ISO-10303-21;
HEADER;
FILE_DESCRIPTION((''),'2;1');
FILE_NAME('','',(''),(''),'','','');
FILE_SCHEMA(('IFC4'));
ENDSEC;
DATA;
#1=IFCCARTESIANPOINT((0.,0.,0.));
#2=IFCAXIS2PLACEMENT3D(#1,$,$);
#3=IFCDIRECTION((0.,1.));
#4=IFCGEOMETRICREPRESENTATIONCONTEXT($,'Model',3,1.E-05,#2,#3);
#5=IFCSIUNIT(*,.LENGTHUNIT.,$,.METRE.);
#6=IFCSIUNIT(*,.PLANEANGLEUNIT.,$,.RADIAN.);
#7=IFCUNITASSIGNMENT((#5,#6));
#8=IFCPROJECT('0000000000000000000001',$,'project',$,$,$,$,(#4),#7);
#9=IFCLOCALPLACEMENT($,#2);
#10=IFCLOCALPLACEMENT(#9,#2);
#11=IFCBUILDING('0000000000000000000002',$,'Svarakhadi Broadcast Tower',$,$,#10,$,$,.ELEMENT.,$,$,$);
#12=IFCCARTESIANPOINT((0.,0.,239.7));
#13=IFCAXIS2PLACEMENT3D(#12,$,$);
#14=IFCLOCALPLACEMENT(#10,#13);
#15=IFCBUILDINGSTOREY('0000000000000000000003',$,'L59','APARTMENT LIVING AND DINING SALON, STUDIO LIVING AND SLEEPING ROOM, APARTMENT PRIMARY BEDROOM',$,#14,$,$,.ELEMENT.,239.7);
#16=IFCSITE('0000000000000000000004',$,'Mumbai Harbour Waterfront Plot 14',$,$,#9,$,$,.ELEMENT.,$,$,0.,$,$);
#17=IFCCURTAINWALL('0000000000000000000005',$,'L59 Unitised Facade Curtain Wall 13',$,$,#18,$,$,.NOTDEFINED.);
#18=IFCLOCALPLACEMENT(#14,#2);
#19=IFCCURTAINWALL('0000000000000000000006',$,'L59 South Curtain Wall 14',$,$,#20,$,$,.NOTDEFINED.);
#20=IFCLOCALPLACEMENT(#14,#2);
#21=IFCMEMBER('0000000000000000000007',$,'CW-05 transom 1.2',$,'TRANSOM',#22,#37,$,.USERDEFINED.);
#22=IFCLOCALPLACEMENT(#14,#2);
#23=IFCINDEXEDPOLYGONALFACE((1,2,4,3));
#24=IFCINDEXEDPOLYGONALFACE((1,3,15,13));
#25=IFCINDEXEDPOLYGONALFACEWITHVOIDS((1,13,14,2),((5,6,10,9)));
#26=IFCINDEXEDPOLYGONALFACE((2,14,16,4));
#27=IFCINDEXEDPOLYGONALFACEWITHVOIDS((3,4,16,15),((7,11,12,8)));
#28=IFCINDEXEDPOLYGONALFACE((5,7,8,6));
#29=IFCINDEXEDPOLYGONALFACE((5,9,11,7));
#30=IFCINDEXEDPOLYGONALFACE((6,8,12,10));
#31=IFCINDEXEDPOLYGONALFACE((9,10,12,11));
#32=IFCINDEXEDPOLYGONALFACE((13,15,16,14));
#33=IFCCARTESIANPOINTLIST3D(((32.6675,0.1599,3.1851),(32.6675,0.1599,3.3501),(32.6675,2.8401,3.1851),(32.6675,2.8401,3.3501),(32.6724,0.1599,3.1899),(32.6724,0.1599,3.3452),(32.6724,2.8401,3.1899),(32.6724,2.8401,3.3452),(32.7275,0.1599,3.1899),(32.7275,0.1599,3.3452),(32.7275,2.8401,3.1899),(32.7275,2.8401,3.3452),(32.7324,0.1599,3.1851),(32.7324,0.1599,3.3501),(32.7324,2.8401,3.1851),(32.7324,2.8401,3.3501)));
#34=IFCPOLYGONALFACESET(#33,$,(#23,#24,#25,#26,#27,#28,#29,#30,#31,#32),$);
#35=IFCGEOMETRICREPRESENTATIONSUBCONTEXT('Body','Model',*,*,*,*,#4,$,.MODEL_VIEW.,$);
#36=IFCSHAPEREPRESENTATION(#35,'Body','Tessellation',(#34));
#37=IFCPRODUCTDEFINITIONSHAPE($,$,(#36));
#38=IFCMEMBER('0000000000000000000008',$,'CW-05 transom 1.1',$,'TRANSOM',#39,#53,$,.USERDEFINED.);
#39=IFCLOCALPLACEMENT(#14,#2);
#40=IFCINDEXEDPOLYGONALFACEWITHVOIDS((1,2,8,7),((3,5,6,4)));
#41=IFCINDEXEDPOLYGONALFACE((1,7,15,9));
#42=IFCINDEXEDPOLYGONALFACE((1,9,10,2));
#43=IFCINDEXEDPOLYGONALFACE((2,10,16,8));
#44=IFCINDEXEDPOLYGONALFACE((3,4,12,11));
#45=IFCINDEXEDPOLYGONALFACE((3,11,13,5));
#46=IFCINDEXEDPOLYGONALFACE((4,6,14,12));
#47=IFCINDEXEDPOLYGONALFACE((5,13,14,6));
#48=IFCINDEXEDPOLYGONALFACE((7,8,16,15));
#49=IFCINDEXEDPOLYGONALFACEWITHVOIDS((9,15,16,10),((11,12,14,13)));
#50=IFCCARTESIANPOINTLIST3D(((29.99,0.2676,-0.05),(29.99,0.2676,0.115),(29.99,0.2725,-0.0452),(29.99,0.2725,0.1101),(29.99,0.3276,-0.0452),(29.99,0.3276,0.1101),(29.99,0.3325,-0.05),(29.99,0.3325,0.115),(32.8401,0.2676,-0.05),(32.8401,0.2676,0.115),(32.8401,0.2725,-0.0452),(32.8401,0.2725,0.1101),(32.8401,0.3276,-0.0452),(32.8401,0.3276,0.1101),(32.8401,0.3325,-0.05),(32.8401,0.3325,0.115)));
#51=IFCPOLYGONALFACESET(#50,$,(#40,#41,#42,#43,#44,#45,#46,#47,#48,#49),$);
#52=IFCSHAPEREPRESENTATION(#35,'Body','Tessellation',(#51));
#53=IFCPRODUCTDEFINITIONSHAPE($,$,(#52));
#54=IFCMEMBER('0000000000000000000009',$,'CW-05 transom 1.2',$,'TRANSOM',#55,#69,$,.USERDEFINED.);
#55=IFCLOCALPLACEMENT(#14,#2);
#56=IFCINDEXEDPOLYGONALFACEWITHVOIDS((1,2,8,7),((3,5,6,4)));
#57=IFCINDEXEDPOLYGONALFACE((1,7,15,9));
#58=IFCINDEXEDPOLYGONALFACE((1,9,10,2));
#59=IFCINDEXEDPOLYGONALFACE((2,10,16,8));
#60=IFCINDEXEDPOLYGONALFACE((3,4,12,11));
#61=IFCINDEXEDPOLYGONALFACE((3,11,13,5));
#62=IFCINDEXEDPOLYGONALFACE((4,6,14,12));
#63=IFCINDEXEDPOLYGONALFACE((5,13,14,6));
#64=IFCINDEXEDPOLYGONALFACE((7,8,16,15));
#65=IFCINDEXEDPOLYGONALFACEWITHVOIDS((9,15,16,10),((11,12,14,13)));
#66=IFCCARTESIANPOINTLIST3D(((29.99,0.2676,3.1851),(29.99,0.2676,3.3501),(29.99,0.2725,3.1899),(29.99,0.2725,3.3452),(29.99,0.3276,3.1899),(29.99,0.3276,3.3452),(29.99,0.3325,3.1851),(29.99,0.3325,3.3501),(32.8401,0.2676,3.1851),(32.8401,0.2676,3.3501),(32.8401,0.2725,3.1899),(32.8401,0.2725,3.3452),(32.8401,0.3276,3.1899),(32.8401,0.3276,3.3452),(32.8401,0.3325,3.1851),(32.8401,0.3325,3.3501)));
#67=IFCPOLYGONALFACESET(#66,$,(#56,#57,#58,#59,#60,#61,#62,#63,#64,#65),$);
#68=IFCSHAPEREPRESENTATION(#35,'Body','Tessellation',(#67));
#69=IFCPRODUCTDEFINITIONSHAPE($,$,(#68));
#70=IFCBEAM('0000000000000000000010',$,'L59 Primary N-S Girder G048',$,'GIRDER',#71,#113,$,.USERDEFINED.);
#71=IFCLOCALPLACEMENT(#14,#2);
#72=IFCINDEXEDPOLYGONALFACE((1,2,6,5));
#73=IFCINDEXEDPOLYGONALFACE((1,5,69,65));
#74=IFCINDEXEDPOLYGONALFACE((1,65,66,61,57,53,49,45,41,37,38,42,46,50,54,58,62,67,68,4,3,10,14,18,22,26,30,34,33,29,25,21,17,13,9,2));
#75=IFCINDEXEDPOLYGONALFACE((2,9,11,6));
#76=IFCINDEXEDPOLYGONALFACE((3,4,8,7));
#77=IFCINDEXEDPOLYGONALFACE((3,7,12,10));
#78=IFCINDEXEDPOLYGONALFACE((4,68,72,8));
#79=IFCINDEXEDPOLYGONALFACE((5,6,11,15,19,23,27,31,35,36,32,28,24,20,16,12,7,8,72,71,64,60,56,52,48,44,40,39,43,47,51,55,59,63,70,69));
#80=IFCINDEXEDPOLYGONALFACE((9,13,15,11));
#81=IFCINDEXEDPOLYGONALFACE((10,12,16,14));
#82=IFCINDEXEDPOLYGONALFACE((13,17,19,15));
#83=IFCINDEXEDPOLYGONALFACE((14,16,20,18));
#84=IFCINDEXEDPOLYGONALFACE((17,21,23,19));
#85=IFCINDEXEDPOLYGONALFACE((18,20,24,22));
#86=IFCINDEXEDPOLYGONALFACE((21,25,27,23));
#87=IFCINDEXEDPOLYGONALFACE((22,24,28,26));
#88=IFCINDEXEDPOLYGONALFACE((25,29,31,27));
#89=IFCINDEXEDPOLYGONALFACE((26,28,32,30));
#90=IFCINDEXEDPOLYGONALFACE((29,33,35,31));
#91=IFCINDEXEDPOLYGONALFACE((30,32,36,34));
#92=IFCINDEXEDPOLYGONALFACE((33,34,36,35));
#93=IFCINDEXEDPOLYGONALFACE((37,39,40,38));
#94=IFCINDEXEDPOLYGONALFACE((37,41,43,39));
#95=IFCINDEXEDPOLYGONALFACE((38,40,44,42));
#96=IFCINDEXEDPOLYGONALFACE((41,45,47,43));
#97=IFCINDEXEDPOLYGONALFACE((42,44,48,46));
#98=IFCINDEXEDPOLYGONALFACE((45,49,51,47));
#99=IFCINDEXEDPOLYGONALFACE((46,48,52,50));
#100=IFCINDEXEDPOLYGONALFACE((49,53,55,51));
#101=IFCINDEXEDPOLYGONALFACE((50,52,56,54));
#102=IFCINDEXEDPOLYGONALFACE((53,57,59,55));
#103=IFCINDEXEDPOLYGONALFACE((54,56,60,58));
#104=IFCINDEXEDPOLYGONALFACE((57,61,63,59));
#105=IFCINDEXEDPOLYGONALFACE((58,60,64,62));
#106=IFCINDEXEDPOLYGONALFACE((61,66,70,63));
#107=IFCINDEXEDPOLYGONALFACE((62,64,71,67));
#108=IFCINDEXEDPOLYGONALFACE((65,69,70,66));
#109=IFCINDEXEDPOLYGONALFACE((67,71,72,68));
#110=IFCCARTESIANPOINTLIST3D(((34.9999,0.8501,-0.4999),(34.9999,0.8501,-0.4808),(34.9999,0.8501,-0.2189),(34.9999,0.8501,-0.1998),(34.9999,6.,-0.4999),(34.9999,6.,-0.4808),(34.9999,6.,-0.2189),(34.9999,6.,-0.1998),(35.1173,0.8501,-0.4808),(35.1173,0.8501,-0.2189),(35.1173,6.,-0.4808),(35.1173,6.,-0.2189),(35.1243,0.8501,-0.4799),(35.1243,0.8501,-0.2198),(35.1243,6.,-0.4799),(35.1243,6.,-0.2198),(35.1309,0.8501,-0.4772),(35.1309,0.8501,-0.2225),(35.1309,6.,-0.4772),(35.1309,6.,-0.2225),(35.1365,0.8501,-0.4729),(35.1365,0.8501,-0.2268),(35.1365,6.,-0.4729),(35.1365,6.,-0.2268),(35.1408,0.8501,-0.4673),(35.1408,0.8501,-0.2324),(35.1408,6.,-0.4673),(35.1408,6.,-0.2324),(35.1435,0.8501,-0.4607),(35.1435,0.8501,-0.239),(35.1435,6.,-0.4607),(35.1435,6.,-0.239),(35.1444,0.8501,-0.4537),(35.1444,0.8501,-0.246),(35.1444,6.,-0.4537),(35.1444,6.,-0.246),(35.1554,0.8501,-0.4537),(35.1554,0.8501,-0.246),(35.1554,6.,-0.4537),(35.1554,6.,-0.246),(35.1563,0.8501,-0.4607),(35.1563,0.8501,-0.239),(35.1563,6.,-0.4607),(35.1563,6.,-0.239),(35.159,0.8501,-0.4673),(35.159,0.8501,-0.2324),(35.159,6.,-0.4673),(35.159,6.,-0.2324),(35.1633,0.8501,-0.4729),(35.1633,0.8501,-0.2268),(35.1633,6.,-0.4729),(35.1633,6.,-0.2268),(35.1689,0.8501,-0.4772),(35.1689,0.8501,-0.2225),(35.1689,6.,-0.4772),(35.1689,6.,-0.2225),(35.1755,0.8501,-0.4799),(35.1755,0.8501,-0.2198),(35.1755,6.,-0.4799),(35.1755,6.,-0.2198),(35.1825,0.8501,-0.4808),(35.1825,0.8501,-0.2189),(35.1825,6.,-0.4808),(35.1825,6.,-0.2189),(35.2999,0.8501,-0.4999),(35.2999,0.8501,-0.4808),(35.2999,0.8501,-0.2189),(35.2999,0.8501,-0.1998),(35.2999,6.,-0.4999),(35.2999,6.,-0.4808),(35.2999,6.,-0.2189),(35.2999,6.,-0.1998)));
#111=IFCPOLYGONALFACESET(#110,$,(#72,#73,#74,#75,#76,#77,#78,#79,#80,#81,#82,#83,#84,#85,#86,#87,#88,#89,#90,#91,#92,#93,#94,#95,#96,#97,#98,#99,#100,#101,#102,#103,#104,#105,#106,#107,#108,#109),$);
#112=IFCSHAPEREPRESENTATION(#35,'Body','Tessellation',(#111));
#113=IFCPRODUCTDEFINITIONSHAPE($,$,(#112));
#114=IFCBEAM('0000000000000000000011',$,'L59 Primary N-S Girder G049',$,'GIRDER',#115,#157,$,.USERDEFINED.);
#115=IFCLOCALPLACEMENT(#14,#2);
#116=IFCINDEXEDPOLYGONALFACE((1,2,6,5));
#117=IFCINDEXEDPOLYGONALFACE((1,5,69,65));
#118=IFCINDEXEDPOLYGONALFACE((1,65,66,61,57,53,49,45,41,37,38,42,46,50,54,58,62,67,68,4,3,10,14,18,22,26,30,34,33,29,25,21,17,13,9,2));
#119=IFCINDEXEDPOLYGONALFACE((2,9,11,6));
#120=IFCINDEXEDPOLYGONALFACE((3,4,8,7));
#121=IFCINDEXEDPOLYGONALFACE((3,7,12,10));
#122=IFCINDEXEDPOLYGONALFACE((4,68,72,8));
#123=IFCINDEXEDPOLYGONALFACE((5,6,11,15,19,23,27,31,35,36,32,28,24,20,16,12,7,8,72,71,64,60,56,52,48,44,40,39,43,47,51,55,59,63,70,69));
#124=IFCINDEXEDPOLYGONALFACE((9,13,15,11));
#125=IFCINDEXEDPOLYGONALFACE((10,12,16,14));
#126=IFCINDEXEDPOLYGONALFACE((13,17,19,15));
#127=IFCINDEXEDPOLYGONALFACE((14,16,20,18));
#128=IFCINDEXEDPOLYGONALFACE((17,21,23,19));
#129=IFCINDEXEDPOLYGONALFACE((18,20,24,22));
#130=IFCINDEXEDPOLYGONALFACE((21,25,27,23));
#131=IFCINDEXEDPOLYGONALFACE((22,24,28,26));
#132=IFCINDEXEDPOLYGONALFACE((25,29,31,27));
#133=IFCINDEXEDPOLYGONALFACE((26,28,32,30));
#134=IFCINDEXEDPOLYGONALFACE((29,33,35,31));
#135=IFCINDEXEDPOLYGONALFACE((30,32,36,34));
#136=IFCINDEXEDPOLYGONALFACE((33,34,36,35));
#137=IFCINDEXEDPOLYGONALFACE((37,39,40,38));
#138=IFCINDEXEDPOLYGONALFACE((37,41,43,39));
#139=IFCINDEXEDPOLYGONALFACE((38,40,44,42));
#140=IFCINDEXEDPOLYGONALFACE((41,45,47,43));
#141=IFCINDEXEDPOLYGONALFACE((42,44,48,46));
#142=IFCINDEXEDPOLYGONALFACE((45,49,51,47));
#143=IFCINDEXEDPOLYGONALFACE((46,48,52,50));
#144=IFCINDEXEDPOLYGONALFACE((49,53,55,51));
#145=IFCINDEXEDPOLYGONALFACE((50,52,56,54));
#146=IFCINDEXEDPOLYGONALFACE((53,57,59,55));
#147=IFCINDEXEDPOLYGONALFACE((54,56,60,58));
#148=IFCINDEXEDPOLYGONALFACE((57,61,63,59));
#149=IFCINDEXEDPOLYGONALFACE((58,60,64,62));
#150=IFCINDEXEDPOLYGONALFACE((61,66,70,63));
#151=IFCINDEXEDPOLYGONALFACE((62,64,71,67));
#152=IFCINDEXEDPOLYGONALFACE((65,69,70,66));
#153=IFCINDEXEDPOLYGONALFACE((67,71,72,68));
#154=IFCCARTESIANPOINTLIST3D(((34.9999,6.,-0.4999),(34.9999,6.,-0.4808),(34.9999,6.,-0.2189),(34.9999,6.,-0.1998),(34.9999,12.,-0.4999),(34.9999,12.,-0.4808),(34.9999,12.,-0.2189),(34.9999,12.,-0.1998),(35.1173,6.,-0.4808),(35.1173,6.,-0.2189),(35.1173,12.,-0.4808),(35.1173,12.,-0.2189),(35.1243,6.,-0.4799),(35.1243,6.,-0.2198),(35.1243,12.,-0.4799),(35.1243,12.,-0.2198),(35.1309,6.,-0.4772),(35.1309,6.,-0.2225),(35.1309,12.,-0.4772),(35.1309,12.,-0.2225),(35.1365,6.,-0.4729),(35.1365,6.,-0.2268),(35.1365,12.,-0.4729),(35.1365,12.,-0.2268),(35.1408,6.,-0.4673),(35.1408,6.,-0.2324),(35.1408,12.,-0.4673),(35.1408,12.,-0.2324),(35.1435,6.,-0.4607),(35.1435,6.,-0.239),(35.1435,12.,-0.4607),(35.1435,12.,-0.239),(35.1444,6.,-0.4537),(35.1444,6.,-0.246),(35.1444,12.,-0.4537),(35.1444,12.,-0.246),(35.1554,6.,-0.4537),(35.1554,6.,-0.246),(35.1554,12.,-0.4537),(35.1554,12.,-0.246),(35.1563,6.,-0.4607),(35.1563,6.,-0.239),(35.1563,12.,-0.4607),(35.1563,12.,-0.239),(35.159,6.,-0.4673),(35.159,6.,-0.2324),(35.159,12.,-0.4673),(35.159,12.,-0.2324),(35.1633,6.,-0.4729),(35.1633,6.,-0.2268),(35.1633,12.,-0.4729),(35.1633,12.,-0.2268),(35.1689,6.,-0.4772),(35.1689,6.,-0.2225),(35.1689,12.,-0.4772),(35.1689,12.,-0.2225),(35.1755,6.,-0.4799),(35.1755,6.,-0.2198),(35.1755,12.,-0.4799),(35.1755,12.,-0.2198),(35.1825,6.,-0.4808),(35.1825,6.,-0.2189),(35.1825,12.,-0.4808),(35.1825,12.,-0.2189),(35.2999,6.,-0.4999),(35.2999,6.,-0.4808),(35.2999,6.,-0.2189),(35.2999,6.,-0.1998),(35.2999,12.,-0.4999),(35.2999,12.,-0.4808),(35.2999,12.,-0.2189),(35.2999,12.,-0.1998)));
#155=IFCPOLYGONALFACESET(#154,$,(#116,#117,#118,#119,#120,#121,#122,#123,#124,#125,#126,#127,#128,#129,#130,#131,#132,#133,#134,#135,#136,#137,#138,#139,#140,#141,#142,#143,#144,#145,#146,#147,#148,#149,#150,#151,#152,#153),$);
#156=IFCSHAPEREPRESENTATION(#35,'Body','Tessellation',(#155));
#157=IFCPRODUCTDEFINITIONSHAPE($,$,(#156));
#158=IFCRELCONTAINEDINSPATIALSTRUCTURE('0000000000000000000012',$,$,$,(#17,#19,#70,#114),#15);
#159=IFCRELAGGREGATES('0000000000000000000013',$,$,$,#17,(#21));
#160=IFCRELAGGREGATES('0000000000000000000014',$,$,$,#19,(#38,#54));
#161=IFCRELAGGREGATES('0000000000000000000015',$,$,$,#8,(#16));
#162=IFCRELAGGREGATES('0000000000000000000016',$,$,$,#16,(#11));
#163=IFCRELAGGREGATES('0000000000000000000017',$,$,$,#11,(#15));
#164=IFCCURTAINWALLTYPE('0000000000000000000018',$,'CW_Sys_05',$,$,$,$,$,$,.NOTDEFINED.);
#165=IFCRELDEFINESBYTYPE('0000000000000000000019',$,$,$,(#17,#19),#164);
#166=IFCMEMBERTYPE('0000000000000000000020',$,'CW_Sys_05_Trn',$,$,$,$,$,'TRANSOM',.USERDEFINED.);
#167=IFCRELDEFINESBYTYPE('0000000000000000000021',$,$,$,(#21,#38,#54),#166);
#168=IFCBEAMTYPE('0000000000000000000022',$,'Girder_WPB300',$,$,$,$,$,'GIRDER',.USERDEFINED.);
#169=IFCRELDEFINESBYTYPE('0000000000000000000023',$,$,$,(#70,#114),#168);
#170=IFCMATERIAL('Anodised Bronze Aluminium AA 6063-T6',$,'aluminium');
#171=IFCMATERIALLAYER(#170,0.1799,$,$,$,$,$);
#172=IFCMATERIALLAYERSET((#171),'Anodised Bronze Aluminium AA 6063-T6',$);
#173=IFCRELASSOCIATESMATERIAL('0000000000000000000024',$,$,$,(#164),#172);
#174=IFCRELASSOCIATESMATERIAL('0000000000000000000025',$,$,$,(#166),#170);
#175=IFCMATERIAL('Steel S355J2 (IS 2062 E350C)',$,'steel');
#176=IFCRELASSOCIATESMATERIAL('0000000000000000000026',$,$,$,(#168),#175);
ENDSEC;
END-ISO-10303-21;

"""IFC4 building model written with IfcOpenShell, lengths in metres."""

from ifc_helpers import new_model, si_unit, direction, frame, origin, origin_2d, place, context, subcontext, project, spatial, hollow_rectangle, i_section, extrude, material, layer, layer_set, material_profile, profile_set, type_object, element, aggregate, save


model = new_model("IFC4")

# Units and contexts
model_context = context("Model", 3, precision=1e-05, world=origin(), true_north=direction((0.0, 1.0)))
body_context = subcontext(model_context, "Body", "Model", "MODEL_VIEW")
ifc_project = project(units=[si_unit("LENGTHUNIT", "METRE"), si_unit("PLANEANGLEUNIT", "RADIAN")], contexts=[model_context])

# Site, building, storey
site_placement = place(None, origin())
site = spatial("IfcSite", under=ifc_project, at=site_placement, Name="Mumbai Harbour Waterfront Plot 14", CompositionType="ELEMENT", RefElevation=0.0)
building_placement = place(site_placement, origin())
building = spatial("IfcBuilding", under=site, at=building_placement, Name="Svarakhadi Broadcast Tower", CompositionType="ELEMENT")
storey_placement = place(building_placement, frame((0.0, 0.0, 239.7)))
storey = spatial("IfcBuildingStorey", under=building, at=storey_placement, Name="L59", Description="APARTMENT LIVING AND DINING SALON, STUDIO LIVING AND SLEEPING ROOM, APARTMENT PRIMARY BEDROOM", CompositionType="ELEMENT", Elevation=239.7)

# Shared definitions
ifc_material_1 = material(Name="Anodised Bronze Aluminium AA 6063-T6", Category="aluminium")
ifc_layer_1 = layer(ifc_material_1, 0.1799)
ifc_layer_set_1 = layer_set([ifc_layer_1], Name="Anodised Bronze Aluminium AA 6063-T6")
curtain_wall_type = type_object("IfcCurtainWallType", Name="CW_Sys_05", PredefinedType="NOTDEFINED", material=ifc_layer_set_1)

# Curtain walls
curtain_wall_1_placement = place(storey_placement, origin())
curtain_wall_1 = element("IfcCurtainWall", 1, at=curtain_wall_1_placement, inside=storey, type_object=curtain_wall_type, Name="L59 Unitised Facade Curtain Wall 13", PredefinedType="NOTDEFINED")
curtain_wall_2_placement = place(storey_placement, origin())
curtain_wall_2 = element("IfcCurtainWall", 2, at=curtain_wall_2_placement, inside=storey, type_object=curtain_wall_type, Name="L59 South Curtain Wall 14", PredefinedType="NOTDEFINED")

# Members
ifc_material_profile_1 = material_profile(ifc_material_1, hollow_rectangle(XDim=0.0649, YDim=0.165, WallThickness=0.0049, at=origin_2d()), Name="ALU TRANSOM 165x65x5")
ifc_profile_set_1 = profile_set([ifc_material_profile_1], Name="Anodised Bronze Aluminium AA 6063-T6")
member_type_1 = type_object("IfcMemberType", Name="CW_Sys_05_Trn", ElementType="TRANSOM", PredefinedType="USERDEFINED", material=ifc_profile_set_1)
member_1_placement = place(storey_placement, frame((32.7, 2.8401, 3.2676), z_axis=(0.0, -1.0, 0.0), x_axis=(1.0, 0.0, 0.0)))
member_1 = element("IfcMember", 3, at=member_1_placement, type_object=member_type_1, Name="CW-05 transom 1.2", ObjectType="TRANSOM", PredefinedType="USERDEFINED", context=body_context, shape_type="SweptSolid", body=[
    extrude(hollow_rectangle(XDim=0.0649, YDim=0.165, WallThickness=0.0049, at=origin_2d()), origin(), (0.0, 0.0, 1.0), 2.6802),
])
aggregate(curtain_wall_1, [member_1])
member_2_placement = place(storey_placement, frame((32.8401, 0.3, 0.0325), z_axis=(-1.0, 0.0, 0.0), x_axis=(0.0, -1.0, 0.0)))
member_2 = element("IfcMember", 4, at=member_2_placement, type_object=member_type_1, Name="CW-05 transom 1.1", ObjectType="TRANSOM", PredefinedType="USERDEFINED", context=body_context, shape_type="SweptSolid", body=[
    extrude(hollow_rectangle(XDim=0.0649, YDim=0.165, WallThickness=0.0049, at=origin_2d()), origin(), (0.0, 0.0, 1.0), 2.8501),
])
member_3_placement = place(storey_placement, frame((32.8401, 0.3, 3.2676), z_axis=(-1.0, 0.0, 0.0), x_axis=(0.0, -1.0, 0.0)))
member_3 = element("IfcMember", 5, at=member_3_placement, type_object=member_type_1, Name="CW-05 transom 1.2", ObjectType="TRANSOM", PredefinedType="USERDEFINED", context=body_context, shape_type="SweptSolid", body=[
    extrude(hollow_rectangle(XDim=0.0649, YDim=0.165, WallThickness=0.0049, at=origin_2d()), origin(), (0.0, 0.0, 1.0), 2.8501),
])
aggregate(curtain_wall_2, [member_2, member_3])

# Beams
ifc_material_2 = material(Name="Steel S355J2 (IS 2062 E350C)", Category="steel")
ifc_material_profile_2 = material_profile(ifc_material_2, i_section(OverallWidth=0.3, OverallDepth=0.3, WebThickness=0.011, FlangeThickness=0.019, FilletRadius=0.0271, at=origin_2d()), Name="WPB 300x300x117")
ifc_profile_set_2 = profile_set([ifc_material_profile_2], Name="Steel S355J2 (IS 2062 E350C)")
beam_type_1 = type_object("IfcBeamType", Name="Girder_WPB300", ElementType="GIRDER", PredefinedType="USERDEFINED", material=ifc_profile_set_2)
beam_1_placement = place(storey_placement, frame((35.1499, 0.8501, -0.3499), z_axis=(0.0, 1.0, 0.0), x_axis=(-1.0, 0.0, 0.0)))
element("IfcBeam", 6, at=beam_1_placement, inside=storey, type_object=beam_type_1, Name="L59 Primary N-S Girder G048", ObjectType="GIRDER", PredefinedType="USERDEFINED", context=body_context, shape_type="SweptSolid", body=[
    extrude(i_section(OverallWidth=0.3, OverallDepth=0.3, WebThickness=0.011, FlangeThickness=0.019, FilletRadius=0.0271, at=origin_2d()), origin(), (0.0, 0.0, 1.0), 5.1499),
])
beam_2_placement = place(storey_placement, frame((35.1499, 6.0, -0.3499), z_axis=(0.0, 1.0, 0.0), x_axis=(-1.0, 0.0, 0.0)))
element("IfcBeam", 7, at=beam_2_placement, inside=storey, type_object=beam_type_1, Name="L59 Primary N-S Girder G049", ObjectType="GIRDER", PredefinedType="USERDEFINED", context=body_context, shape_type="SweptSolid", body=[
    extrude(i_section(OverallWidth=0.3, OverallDepth=0.3, WebThickness=0.011, FlangeThickness=0.019, FilletRadius=0.0271, at=origin_2d()), origin(), (0.0, 0.0, 1.0), 6.0),
])

save(model, "model.ifc")
